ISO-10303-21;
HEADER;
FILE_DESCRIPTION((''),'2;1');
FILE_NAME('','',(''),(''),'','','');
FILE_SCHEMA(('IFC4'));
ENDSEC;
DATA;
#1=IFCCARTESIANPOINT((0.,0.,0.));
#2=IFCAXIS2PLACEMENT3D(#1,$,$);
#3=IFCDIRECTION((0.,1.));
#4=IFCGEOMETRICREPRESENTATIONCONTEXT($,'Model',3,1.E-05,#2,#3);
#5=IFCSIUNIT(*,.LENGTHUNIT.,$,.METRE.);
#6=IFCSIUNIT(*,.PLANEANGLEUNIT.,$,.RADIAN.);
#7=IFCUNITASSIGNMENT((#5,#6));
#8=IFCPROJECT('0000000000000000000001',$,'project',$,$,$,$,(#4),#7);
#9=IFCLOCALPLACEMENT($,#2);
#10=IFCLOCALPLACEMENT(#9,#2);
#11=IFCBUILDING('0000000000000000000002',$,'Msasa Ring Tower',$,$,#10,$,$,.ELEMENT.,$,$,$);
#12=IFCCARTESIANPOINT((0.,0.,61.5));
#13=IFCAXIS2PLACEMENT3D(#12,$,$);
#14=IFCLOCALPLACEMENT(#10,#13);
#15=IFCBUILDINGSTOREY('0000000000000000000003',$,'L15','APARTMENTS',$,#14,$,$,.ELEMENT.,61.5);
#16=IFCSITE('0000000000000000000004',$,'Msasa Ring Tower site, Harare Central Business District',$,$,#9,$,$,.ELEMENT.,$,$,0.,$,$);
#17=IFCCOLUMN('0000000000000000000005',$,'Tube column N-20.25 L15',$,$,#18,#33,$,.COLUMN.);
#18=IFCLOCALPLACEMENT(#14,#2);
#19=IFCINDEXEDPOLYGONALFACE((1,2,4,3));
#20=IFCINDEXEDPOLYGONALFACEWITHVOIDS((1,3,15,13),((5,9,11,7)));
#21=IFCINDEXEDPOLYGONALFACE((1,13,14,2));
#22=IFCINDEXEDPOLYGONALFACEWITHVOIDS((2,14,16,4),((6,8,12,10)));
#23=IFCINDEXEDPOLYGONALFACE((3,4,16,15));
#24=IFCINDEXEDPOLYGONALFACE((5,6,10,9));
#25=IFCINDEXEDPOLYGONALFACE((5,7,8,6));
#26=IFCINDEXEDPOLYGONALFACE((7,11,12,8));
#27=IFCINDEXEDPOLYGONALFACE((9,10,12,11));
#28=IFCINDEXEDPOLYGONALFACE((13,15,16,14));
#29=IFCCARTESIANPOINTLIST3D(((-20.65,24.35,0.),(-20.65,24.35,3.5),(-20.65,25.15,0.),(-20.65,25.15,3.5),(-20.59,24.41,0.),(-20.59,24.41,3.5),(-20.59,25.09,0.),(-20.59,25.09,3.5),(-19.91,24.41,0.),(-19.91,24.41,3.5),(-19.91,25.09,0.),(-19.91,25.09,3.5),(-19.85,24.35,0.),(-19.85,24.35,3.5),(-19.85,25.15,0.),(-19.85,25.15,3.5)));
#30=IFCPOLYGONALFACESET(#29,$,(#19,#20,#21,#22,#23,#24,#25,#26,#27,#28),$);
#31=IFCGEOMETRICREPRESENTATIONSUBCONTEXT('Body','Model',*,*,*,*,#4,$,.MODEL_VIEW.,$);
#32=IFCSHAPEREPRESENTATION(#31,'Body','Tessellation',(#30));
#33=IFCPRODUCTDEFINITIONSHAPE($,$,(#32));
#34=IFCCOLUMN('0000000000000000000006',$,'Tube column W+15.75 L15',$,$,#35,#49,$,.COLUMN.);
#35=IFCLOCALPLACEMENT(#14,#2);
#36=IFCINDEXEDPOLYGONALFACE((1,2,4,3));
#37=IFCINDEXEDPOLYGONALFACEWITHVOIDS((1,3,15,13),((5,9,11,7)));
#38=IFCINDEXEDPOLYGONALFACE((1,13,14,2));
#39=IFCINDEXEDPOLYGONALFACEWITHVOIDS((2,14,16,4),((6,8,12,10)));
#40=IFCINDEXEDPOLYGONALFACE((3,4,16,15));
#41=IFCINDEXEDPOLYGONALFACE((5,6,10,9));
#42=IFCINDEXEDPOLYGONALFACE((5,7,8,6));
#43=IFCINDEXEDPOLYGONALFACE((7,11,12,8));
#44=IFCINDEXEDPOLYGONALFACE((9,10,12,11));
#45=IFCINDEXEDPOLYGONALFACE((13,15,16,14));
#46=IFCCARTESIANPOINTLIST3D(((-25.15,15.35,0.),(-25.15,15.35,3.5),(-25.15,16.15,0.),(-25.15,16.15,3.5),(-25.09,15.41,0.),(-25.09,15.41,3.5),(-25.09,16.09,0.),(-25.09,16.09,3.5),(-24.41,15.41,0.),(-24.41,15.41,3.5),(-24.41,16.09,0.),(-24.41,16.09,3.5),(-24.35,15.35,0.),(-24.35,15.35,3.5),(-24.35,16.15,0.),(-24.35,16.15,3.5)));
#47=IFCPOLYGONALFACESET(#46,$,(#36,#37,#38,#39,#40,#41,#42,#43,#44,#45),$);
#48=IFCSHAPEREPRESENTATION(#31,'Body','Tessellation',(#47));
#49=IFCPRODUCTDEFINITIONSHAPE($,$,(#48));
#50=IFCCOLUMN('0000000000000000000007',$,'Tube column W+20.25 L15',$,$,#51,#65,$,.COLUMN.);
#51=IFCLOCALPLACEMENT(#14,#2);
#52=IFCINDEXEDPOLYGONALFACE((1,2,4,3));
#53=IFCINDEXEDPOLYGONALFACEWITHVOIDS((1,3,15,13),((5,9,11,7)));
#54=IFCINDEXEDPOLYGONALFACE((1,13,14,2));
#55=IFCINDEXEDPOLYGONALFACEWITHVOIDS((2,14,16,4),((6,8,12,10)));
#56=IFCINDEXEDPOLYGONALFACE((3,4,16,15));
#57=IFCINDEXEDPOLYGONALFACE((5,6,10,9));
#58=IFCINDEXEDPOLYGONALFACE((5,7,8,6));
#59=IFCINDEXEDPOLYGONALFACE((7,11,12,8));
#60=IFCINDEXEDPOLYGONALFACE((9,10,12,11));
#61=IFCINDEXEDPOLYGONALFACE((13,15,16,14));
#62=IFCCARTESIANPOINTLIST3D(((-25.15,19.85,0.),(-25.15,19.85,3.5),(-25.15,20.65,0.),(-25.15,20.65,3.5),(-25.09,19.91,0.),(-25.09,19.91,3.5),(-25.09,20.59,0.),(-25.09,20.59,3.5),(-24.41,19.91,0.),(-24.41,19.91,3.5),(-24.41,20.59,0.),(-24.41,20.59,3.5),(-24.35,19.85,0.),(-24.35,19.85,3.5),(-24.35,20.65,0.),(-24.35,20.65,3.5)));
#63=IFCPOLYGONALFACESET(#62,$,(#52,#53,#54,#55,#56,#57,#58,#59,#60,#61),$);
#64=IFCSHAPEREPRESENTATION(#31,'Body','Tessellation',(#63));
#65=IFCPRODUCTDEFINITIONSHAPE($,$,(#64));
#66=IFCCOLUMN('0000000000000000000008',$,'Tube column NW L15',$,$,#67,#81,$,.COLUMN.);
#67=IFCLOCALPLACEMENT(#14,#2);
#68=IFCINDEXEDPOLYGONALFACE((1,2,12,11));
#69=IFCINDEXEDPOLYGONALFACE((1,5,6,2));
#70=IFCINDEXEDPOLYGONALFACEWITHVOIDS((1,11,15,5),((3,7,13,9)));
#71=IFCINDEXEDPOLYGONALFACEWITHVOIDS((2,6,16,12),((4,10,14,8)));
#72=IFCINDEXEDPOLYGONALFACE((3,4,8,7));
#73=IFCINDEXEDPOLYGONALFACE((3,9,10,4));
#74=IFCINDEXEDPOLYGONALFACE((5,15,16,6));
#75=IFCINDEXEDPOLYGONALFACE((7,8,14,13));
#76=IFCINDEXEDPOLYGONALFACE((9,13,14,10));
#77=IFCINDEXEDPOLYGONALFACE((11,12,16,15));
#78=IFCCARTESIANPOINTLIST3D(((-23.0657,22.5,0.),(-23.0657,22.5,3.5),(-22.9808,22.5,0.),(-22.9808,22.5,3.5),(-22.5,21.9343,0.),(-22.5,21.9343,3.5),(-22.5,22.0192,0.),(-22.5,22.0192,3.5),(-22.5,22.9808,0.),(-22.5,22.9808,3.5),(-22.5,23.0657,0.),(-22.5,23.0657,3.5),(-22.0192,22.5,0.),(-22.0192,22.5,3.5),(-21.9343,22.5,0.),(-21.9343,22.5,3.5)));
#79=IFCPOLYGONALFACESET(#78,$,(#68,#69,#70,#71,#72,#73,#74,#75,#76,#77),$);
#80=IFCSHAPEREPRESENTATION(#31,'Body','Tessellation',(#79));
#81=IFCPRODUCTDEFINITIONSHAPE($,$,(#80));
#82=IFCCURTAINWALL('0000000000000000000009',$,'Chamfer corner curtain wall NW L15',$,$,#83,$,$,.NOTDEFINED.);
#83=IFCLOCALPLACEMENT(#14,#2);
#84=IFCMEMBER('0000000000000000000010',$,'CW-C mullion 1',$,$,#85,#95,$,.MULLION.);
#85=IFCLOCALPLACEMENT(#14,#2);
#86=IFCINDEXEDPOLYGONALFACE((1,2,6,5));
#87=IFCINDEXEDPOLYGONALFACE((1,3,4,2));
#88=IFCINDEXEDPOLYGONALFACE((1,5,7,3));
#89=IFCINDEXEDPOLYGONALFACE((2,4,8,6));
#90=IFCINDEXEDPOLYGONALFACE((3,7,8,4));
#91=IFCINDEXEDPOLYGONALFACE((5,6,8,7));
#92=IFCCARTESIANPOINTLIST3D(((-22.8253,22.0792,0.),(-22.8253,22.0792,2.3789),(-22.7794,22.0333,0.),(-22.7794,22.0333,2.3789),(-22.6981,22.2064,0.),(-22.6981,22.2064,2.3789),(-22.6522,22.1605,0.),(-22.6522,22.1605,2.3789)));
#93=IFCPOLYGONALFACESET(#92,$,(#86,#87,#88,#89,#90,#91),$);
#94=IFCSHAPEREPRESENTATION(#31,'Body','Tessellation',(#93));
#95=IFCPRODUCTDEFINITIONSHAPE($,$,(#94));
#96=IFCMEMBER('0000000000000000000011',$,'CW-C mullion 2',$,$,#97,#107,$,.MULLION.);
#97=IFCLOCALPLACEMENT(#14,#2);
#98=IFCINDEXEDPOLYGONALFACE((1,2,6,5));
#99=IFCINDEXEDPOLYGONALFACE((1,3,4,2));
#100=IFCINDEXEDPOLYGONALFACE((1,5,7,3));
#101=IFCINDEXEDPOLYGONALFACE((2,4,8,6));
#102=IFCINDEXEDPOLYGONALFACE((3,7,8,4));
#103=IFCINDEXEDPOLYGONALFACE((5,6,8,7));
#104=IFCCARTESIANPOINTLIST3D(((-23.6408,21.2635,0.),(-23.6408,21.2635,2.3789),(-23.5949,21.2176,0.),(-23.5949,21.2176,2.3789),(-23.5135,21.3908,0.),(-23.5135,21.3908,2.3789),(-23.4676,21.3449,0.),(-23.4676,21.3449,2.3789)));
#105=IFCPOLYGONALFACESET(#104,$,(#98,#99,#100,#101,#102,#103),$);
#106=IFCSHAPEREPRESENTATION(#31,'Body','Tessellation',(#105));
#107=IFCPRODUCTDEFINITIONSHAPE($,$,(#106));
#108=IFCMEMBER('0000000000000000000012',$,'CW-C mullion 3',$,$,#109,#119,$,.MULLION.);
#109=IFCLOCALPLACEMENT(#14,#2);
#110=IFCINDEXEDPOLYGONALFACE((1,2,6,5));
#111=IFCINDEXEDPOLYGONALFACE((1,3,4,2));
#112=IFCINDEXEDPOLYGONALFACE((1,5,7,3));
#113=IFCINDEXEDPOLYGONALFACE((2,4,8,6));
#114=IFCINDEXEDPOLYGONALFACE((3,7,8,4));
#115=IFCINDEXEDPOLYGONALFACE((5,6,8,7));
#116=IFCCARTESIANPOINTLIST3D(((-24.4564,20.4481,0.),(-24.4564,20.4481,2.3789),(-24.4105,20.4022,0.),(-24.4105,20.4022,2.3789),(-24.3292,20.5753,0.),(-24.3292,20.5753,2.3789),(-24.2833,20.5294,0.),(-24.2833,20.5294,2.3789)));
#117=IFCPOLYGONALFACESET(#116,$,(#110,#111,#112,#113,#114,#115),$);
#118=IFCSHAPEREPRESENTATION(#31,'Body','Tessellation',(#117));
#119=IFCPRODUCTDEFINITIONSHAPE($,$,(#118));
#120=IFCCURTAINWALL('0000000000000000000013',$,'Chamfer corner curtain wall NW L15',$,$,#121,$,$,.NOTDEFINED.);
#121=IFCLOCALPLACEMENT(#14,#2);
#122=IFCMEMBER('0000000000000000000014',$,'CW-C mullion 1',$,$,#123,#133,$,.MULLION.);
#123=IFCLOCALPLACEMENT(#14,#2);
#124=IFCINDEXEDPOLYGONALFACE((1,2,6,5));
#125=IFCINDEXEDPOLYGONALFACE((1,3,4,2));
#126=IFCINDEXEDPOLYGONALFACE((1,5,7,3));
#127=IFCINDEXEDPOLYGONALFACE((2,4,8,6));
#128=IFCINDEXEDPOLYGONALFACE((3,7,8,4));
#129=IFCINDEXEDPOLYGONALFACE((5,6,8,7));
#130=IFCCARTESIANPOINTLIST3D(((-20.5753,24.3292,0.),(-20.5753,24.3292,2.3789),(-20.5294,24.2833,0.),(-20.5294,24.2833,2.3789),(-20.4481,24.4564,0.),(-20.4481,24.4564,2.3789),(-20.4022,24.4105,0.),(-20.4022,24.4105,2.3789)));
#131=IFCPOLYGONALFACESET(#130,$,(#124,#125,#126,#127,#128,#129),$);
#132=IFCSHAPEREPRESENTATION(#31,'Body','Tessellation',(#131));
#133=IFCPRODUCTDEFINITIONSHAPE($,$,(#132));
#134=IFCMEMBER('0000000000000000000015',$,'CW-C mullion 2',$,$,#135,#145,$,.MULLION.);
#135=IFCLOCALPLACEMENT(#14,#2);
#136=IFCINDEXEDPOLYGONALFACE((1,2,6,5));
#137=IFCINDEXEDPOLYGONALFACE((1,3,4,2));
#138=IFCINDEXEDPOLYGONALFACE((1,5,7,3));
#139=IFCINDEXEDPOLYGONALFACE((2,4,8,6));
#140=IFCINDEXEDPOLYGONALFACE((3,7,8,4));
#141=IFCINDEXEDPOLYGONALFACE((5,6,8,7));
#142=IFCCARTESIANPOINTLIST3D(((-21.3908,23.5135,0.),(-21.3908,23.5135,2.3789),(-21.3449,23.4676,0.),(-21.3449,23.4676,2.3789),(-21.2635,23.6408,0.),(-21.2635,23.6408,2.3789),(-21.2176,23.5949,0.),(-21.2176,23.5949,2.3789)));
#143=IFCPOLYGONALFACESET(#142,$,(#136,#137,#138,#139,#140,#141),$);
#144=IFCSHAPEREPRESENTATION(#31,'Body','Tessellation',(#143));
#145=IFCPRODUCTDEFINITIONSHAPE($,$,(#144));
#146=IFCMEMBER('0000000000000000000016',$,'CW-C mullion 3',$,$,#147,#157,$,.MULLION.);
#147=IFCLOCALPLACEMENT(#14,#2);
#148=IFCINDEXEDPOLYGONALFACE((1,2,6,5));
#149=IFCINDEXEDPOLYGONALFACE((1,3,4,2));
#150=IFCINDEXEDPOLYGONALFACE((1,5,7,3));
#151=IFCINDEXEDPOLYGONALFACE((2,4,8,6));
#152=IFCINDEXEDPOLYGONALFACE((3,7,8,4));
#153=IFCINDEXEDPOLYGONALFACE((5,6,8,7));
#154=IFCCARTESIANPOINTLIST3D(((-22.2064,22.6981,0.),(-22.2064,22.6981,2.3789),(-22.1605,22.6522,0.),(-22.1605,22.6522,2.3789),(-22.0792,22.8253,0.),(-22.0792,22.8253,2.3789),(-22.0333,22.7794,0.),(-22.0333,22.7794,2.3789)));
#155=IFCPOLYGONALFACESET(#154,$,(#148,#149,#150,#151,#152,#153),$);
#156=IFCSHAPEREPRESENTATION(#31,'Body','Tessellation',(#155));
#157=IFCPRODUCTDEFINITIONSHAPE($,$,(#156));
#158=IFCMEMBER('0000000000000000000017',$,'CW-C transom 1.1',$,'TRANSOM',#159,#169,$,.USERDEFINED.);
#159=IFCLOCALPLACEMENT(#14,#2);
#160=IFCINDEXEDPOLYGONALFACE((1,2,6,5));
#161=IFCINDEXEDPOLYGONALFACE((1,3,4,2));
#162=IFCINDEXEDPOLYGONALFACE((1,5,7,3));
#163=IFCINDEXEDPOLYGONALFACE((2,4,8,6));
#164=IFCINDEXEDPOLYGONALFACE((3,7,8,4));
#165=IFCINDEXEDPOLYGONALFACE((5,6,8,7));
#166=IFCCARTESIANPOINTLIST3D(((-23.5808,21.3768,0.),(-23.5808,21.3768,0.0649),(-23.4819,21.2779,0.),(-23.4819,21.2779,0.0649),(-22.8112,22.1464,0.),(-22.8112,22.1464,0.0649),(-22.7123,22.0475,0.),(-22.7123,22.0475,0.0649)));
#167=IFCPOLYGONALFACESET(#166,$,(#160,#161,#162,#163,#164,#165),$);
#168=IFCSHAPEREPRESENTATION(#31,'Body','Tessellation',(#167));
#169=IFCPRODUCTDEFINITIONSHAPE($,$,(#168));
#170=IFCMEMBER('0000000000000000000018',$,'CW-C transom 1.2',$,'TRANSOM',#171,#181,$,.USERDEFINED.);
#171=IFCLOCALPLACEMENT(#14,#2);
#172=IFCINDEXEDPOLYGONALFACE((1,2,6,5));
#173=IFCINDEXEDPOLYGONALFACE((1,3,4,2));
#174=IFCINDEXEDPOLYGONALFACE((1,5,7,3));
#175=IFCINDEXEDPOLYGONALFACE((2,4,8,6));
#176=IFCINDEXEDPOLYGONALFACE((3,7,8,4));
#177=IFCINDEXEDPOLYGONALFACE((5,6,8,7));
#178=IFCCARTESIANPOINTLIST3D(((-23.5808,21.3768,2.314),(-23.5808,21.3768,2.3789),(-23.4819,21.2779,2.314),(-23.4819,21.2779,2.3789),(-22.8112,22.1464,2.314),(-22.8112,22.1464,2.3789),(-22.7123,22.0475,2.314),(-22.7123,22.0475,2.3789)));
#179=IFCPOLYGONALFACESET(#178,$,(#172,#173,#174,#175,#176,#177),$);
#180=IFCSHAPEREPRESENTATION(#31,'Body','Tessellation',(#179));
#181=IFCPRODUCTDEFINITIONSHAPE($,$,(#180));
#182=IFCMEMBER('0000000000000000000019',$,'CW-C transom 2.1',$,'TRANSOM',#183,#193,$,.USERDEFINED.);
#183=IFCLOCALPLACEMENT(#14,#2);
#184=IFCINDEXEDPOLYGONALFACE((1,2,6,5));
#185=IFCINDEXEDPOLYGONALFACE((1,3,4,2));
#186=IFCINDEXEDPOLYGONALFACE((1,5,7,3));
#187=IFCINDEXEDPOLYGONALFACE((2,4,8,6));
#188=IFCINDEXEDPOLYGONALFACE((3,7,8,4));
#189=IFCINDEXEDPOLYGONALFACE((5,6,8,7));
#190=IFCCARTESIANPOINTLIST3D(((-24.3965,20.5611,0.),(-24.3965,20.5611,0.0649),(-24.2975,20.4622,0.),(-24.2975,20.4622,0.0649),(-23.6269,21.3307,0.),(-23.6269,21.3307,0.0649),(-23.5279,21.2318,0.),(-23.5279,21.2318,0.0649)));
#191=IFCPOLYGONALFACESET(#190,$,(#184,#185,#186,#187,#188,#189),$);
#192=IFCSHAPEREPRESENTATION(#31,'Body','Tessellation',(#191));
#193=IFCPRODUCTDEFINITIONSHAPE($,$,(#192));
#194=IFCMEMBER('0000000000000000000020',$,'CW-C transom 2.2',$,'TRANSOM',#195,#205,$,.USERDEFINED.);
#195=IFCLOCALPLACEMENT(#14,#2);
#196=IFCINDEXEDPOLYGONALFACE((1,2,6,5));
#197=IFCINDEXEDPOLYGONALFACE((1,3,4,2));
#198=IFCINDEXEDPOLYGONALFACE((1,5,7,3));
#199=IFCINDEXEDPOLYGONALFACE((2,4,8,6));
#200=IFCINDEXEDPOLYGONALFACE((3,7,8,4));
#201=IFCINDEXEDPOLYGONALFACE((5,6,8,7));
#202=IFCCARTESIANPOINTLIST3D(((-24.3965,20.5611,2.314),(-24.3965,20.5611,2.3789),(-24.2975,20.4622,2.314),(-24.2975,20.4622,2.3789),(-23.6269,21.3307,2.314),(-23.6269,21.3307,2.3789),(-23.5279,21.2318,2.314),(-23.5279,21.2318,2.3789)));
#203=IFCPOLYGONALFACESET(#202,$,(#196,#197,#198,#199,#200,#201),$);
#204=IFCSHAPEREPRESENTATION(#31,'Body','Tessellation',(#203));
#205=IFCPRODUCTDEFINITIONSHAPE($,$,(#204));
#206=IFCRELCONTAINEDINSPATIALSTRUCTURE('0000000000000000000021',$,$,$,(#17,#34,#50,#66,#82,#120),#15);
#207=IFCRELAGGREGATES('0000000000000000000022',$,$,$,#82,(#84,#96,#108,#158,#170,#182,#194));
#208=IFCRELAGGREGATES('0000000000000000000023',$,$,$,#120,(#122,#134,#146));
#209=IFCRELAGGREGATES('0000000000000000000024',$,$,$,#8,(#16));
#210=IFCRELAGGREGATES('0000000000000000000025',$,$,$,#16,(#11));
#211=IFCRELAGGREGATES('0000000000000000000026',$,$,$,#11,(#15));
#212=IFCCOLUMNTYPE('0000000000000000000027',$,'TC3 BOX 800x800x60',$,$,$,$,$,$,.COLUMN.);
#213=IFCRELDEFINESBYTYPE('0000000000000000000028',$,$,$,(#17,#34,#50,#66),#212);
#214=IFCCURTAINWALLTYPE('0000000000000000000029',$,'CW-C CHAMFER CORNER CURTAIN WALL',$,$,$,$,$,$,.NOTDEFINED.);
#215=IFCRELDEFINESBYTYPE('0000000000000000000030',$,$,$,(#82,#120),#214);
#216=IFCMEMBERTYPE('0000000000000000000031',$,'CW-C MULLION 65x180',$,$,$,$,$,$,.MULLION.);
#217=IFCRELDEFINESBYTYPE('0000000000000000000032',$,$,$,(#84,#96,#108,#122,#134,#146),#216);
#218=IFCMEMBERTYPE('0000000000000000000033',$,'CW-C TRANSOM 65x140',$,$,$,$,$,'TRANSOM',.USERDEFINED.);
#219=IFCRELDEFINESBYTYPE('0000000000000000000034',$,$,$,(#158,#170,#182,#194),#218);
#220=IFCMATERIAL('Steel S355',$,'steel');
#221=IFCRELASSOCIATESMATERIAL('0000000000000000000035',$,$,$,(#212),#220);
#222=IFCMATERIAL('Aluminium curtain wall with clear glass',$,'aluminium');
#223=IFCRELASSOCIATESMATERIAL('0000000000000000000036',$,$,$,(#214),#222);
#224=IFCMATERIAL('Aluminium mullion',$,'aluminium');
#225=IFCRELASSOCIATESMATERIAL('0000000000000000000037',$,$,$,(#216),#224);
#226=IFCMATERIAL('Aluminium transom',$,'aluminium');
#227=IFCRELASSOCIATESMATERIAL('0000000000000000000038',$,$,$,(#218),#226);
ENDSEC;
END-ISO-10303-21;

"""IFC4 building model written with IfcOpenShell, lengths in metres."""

from ifc_helpers import new_model, si_unit, direction, frame, origin, origin_2d, place, context, subcontext, project, spatial, rectangle, hollow_rectangle, extrude, material, material_profile, profile_set, type_object, element, aggregate, save


model = new_model("IFC4")

# Units and contexts
model_context = context("Model", 3, precision=1e-05, world=origin(), true_north=direction((0.0, 1.0)))
body_context = subcontext(model_context, "Body", "Model", "MODEL_VIEW")
ifc_project = project(units=[si_unit("LENGTHUNIT", "METRE"), si_unit("PLANEANGLEUNIT", "RADIAN")], contexts=[model_context])

# Site, building, storey
site_placement = place(None, origin())
site = spatial("IfcSite", under=ifc_project, at=site_placement, Name="Msasa Ring Tower site, Harare Central Business District", CompositionType="ELEMENT", RefElevation=0.0)
building_placement = place(site_placement, origin())
building = spatial("IfcBuilding", under=site, at=building_placement, Name="Msasa Ring Tower", CompositionType="ELEMENT")
storey_placement = place(building_placement, frame((0.0, 0.0, 61.5)))
storey = spatial("IfcBuildingStorey", under=building, at=storey_placement, Name="L15", Description="APARTMENTS", CompositionType="ELEMENT", Elevation=61.5)

# Columns
ifc_material_1 = material(Name="Steel S355", Category="steel")
ifc_material_profile_1 = material_profile(ifc_material_1, hollow_rectangle(XDim=0.8, YDim=0.8, WallThickness=0.0601, at=origin_2d()), Name="BOX 800x800x60")
ifc_profile_set_1 = profile_set([ifc_material_profile_1], Name="Steel S355")
column_type = type_object("IfcColumnType", Name="TC3 BOX 800x800x60", PredefinedType="COLUMN", material=ifc_profile_set_1)
for number, where, z_axis, x_axis, name in (
    (1, (-20.25, 24.75, 0.0), (0.0, 0.0, 1.0), (0.0, 1.0, 0.0), "Tube column N-20.25 L15"),
    (2, (-24.75, 15.75, 0.0), (0.0, 0.0, 1.0), (1.0, 0.0, 0.0), "Tube column W+15.75 L15"),
    (3, (-24.75, 20.25, 0.0), (0.0, 0.0, 1.0), (1.0, 0.0, 0.0), "Tube column W+20.25 L15"),
    (4, (-22.5, 22.5, 0.0), (0.0, 0.0, 1.0), (0.707107, -0.707107, 0.0), "Tube column NW L15"),
):
    element("IfcColumn", number, at=place(storey_placement, frame(where, z_axis=z_axis, x_axis=x_axis)), inside=storey, type_object=column_type, Name=name, PredefinedType="COLUMN", context=body_context, shape_type="SweptSolid", body=[
        extrude(hollow_rectangle(XDim=0.8, YDim=0.8, WallThickness=0.0601, at=origin_2d()), origin(), (0.0, 0.0, 1.0), 3.5),
    ])

# Curtain walls, members
ifc_material_2 = material(Name="Aluminium curtain wall with clear glass", Category="aluminium")
curtain_wall_type = type_object("IfcCurtainWallType", Name="CW-C CHAMFER CORNER CURTAIN WALL", PredefinedType="NOTDEFINED", material=ifc_material_2)
curtain_wall_1_placement = place(storey_placement, origin())
curtain_wall_1 = element("IfcCurtainWall", 5, at=curtain_wall_1_placement, inside=storey, type_object=curtain_wall_type, Name="Chamfer corner curtain wall NW L15", PredefinedType="NOTDEFINED")
ifc_material_3 = material(Name="Aluminium mullion", Category="aluminium")
ifc_material_profile_2 = material_profile(ifc_material_3, rectangle(XDim=0.0649, YDim=0.1799, at=origin_2d()), Name="AL 65x180")
ifc_profile_set_2 = profile_set([ifc_material_profile_2], Name="Aluminium mullion")
member_type_1 = type_object("IfcMemberType", Name="CW-C MULLION 65x180", PredefinedType="MULLION", material=ifc_profile_set_2)
member_1_placement = place(storey_placement, frame((-22.7388, 22.1199, 0.0), z_axis=(0.0, 0.0, 1.0), x_axis=(0.707107, -0.707107, 0.0)))
member_1 = element("IfcMember", 6, at=member_1_placement, type_object=member_type_1, Name="CW-C mullion 1", PredefinedType="MULLION", context=body_context, shape_type="SweptSolid", body=[
    extrude(rectangle(XDim=0.0649, YDim=0.1799, at=origin_2d()), origin(), (0.0, 0.0, 1.0), 2.3789),
])
member_2_placement = place(storey_placement, frame((-23.5542, 21.3042, 0.0), z_axis=(0.0, 0.0, 1.0), x_axis=(0.707107, -0.707107, 0.0)))
member_2 = element("IfcMember", 7, at=member_2_placement, type_object=member_type_1, Name="CW-C mullion 2", PredefinedType="MULLION", context=body_context, shape_type="SweptSolid", body=[
    extrude(rectangle(XDim=0.0649, YDim=0.1799, at=origin_2d()), origin(), (0.0, 0.0, 1.0), 2.3789),
])
member_3_placement = place(storey_placement, frame((-24.3699, 20.4888, 0.0), z_axis=(0.0, 0.0, 1.0), x_axis=(0.707107, -0.707107, 0.0)))
member_3 = element("IfcMember", 8, at=member_3_placement, type_object=member_type_1, Name="CW-C mullion 3", PredefinedType="MULLION", context=body_context, shape_type="SweptSolid", body=[
    extrude(rectangle(XDim=0.0649, YDim=0.1799, at=origin_2d()), origin(), (0.0, 0.0, 1.0), 2.3789),
])
curtain_wall_2_placement = place(storey_placement, origin())
curtain_wall_2 = element("IfcCurtainWall", 9, at=curtain_wall_2_placement, inside=storey, type_object=curtain_wall_type, Name="Chamfer corner curtain wall NW L15", PredefinedType="NOTDEFINED")
member_4_placement = place(storey_placement, frame((-20.4888, 24.3699, 0.0), z_axis=(0.0, 0.0, 1.0), x_axis=(0.707107, -0.707107, 0.0)))
member_4 = element("IfcMember", 10, at=member_4_placement, type_object=member_type_1, Name="CW-C mullion 1", PredefinedType="MULLION", context=body_context, shape_type="SweptSolid", body=[
    extrude(rectangle(XDim=0.0649, YDim=0.1799, at=origin_2d()), origin(), (0.0, 0.0, 1.0), 2.3789),
])
member_5_placement = place(storey_placement, frame((-21.3042, 23.5542, 0.0), z_axis=(0.0, 0.0, 1.0), x_axis=(0.707107, -0.707107, 0.0)))
member_5 = element("IfcMember", 11, at=member_5_placement, type_object=member_type_1, Name="CW-C mullion 2", PredefinedType="MULLION", context=body_context, shape_type="SweptSolid", body=[
    extrude(rectangle(XDim=0.0649, YDim=0.1799, at=origin_2d()), origin(), (0.0, 0.0, 1.0), 2.3789),
])
member_6_placement = place(storey_placement, frame((-22.1199, 22.7388, 0.0), z_axis=(0.0, 0.0, 1.0), x_axis=(0.707107, -0.707107, 0.0)))
member_6 = element("IfcMember", 12, at=member_6_placement, type_object=member_type_1, Name="CW-C mullion 3", PredefinedType="MULLION", context=body_context, shape_type="SweptSolid", body=[
    extrude(rectangle(XDim=0.0649, YDim=0.1799, at=origin_2d()), origin(), (0.0, 0.0, 1.0), 2.3789),
])

# Members
ifc_material_4 = material(Name="Aluminium transom", Category="aluminium")
ifc_material_profile_3 = material_profile(ifc_material_4, rectangle(XDim=0.1399, YDim=0.0649, at=origin_2d()), Name="AL 65x140")
ifc_profile_set_3 = profile_set([ifc_material_profile_3], Name="Aluminium transom")
member_type_2 = type_object("IfcMemberType", Name="CW-C TRANSOM 65x140", ElementType="TRANSOM", PredefinedType="USERDEFINED", material=ifc_profile_set_3)
member_7_placement = place(storey_placement, frame((-22.7617, 22.0969, 0.0325), z_axis=(-0.707107, -0.707107, 0.0), x_axis=(0.707107, -0.707107, 0.0)))
member_7 = element("IfcMember", 13, at=member_7_placement, type_object=member_type_2, Name="CW-C transom 1.1", ObjectType="TRANSOM", PredefinedType="USERDEFINED", context=body_context, shape_type="SweptSolid", body=[
    extrude(rectangle(XDim=0.1399, YDim=0.0649, at=origin_2d()), origin(), (0.0, 0.0, 1.0), 1.0884),
])
member_8_placement = place(storey_placement, frame((-22.7617, 22.0969, 2.3464), z_axis=(-0.707107, -0.707107, 0.0), x_axis=(0.707107, -0.707107, 0.0)))
member_8 = element("IfcMember", 14, at=member_8_placement, type_object=member_type_2, Name="CW-C transom 1.2", ObjectType="TRANSOM", PredefinedType="USERDEFINED", context=body_context, shape_type="SweptSolid", body=[
    extrude(rectangle(XDim=0.1399, YDim=0.0649, at=origin_2d()), origin(), (0.0, 0.0, 1.0), 1.0884),
])
member_9_placement = place(storey_placement, frame((-23.5774, 21.2812, 0.0325), z_axis=(-0.707107, -0.707107, 0.0), x_axis=(0.707107, -0.707107, 0.0)))
member_9 = element("IfcMember", 15, at=member_9_placement, type_object=member_type_2, Name="CW-C transom 2.1", ObjectType="TRANSOM", PredefinedType="USERDEFINED", context=body_context, shape_type="SweptSolid", body=[
    extrude(rectangle(XDim=0.1399, YDim=0.0649, at=origin_2d()), origin(), (0.0, 0.0, 1.0), 1.0884),
])
member_10_placement = place(storey_placement, frame((-23.5774, 21.2812, 2.3464), z_axis=(-0.707107, -0.707107, 0.0), x_axis=(0.707107, -0.707107, 0.0)))
member_10 = element("IfcMember", 16, at=member_10_placement, type_object=member_type_2, Name="CW-C transom 2.2", ObjectType="TRANSOM", PredefinedType="USERDEFINED", context=body_context, shape_type="SweptSolid", body=[
    extrude(rectangle(XDim=0.1399, YDim=0.0649, at=origin_2d()), origin(), (0.0, 0.0, 1.0), 1.0884),
])

aggregate(curtain_wall_1, [member_1, member_2, member_3, member_7, member_8, member_9, member_10])
aggregate(curtain_wall_2, [member_4, member_5, member_6])

save(model, "model.ifc")
